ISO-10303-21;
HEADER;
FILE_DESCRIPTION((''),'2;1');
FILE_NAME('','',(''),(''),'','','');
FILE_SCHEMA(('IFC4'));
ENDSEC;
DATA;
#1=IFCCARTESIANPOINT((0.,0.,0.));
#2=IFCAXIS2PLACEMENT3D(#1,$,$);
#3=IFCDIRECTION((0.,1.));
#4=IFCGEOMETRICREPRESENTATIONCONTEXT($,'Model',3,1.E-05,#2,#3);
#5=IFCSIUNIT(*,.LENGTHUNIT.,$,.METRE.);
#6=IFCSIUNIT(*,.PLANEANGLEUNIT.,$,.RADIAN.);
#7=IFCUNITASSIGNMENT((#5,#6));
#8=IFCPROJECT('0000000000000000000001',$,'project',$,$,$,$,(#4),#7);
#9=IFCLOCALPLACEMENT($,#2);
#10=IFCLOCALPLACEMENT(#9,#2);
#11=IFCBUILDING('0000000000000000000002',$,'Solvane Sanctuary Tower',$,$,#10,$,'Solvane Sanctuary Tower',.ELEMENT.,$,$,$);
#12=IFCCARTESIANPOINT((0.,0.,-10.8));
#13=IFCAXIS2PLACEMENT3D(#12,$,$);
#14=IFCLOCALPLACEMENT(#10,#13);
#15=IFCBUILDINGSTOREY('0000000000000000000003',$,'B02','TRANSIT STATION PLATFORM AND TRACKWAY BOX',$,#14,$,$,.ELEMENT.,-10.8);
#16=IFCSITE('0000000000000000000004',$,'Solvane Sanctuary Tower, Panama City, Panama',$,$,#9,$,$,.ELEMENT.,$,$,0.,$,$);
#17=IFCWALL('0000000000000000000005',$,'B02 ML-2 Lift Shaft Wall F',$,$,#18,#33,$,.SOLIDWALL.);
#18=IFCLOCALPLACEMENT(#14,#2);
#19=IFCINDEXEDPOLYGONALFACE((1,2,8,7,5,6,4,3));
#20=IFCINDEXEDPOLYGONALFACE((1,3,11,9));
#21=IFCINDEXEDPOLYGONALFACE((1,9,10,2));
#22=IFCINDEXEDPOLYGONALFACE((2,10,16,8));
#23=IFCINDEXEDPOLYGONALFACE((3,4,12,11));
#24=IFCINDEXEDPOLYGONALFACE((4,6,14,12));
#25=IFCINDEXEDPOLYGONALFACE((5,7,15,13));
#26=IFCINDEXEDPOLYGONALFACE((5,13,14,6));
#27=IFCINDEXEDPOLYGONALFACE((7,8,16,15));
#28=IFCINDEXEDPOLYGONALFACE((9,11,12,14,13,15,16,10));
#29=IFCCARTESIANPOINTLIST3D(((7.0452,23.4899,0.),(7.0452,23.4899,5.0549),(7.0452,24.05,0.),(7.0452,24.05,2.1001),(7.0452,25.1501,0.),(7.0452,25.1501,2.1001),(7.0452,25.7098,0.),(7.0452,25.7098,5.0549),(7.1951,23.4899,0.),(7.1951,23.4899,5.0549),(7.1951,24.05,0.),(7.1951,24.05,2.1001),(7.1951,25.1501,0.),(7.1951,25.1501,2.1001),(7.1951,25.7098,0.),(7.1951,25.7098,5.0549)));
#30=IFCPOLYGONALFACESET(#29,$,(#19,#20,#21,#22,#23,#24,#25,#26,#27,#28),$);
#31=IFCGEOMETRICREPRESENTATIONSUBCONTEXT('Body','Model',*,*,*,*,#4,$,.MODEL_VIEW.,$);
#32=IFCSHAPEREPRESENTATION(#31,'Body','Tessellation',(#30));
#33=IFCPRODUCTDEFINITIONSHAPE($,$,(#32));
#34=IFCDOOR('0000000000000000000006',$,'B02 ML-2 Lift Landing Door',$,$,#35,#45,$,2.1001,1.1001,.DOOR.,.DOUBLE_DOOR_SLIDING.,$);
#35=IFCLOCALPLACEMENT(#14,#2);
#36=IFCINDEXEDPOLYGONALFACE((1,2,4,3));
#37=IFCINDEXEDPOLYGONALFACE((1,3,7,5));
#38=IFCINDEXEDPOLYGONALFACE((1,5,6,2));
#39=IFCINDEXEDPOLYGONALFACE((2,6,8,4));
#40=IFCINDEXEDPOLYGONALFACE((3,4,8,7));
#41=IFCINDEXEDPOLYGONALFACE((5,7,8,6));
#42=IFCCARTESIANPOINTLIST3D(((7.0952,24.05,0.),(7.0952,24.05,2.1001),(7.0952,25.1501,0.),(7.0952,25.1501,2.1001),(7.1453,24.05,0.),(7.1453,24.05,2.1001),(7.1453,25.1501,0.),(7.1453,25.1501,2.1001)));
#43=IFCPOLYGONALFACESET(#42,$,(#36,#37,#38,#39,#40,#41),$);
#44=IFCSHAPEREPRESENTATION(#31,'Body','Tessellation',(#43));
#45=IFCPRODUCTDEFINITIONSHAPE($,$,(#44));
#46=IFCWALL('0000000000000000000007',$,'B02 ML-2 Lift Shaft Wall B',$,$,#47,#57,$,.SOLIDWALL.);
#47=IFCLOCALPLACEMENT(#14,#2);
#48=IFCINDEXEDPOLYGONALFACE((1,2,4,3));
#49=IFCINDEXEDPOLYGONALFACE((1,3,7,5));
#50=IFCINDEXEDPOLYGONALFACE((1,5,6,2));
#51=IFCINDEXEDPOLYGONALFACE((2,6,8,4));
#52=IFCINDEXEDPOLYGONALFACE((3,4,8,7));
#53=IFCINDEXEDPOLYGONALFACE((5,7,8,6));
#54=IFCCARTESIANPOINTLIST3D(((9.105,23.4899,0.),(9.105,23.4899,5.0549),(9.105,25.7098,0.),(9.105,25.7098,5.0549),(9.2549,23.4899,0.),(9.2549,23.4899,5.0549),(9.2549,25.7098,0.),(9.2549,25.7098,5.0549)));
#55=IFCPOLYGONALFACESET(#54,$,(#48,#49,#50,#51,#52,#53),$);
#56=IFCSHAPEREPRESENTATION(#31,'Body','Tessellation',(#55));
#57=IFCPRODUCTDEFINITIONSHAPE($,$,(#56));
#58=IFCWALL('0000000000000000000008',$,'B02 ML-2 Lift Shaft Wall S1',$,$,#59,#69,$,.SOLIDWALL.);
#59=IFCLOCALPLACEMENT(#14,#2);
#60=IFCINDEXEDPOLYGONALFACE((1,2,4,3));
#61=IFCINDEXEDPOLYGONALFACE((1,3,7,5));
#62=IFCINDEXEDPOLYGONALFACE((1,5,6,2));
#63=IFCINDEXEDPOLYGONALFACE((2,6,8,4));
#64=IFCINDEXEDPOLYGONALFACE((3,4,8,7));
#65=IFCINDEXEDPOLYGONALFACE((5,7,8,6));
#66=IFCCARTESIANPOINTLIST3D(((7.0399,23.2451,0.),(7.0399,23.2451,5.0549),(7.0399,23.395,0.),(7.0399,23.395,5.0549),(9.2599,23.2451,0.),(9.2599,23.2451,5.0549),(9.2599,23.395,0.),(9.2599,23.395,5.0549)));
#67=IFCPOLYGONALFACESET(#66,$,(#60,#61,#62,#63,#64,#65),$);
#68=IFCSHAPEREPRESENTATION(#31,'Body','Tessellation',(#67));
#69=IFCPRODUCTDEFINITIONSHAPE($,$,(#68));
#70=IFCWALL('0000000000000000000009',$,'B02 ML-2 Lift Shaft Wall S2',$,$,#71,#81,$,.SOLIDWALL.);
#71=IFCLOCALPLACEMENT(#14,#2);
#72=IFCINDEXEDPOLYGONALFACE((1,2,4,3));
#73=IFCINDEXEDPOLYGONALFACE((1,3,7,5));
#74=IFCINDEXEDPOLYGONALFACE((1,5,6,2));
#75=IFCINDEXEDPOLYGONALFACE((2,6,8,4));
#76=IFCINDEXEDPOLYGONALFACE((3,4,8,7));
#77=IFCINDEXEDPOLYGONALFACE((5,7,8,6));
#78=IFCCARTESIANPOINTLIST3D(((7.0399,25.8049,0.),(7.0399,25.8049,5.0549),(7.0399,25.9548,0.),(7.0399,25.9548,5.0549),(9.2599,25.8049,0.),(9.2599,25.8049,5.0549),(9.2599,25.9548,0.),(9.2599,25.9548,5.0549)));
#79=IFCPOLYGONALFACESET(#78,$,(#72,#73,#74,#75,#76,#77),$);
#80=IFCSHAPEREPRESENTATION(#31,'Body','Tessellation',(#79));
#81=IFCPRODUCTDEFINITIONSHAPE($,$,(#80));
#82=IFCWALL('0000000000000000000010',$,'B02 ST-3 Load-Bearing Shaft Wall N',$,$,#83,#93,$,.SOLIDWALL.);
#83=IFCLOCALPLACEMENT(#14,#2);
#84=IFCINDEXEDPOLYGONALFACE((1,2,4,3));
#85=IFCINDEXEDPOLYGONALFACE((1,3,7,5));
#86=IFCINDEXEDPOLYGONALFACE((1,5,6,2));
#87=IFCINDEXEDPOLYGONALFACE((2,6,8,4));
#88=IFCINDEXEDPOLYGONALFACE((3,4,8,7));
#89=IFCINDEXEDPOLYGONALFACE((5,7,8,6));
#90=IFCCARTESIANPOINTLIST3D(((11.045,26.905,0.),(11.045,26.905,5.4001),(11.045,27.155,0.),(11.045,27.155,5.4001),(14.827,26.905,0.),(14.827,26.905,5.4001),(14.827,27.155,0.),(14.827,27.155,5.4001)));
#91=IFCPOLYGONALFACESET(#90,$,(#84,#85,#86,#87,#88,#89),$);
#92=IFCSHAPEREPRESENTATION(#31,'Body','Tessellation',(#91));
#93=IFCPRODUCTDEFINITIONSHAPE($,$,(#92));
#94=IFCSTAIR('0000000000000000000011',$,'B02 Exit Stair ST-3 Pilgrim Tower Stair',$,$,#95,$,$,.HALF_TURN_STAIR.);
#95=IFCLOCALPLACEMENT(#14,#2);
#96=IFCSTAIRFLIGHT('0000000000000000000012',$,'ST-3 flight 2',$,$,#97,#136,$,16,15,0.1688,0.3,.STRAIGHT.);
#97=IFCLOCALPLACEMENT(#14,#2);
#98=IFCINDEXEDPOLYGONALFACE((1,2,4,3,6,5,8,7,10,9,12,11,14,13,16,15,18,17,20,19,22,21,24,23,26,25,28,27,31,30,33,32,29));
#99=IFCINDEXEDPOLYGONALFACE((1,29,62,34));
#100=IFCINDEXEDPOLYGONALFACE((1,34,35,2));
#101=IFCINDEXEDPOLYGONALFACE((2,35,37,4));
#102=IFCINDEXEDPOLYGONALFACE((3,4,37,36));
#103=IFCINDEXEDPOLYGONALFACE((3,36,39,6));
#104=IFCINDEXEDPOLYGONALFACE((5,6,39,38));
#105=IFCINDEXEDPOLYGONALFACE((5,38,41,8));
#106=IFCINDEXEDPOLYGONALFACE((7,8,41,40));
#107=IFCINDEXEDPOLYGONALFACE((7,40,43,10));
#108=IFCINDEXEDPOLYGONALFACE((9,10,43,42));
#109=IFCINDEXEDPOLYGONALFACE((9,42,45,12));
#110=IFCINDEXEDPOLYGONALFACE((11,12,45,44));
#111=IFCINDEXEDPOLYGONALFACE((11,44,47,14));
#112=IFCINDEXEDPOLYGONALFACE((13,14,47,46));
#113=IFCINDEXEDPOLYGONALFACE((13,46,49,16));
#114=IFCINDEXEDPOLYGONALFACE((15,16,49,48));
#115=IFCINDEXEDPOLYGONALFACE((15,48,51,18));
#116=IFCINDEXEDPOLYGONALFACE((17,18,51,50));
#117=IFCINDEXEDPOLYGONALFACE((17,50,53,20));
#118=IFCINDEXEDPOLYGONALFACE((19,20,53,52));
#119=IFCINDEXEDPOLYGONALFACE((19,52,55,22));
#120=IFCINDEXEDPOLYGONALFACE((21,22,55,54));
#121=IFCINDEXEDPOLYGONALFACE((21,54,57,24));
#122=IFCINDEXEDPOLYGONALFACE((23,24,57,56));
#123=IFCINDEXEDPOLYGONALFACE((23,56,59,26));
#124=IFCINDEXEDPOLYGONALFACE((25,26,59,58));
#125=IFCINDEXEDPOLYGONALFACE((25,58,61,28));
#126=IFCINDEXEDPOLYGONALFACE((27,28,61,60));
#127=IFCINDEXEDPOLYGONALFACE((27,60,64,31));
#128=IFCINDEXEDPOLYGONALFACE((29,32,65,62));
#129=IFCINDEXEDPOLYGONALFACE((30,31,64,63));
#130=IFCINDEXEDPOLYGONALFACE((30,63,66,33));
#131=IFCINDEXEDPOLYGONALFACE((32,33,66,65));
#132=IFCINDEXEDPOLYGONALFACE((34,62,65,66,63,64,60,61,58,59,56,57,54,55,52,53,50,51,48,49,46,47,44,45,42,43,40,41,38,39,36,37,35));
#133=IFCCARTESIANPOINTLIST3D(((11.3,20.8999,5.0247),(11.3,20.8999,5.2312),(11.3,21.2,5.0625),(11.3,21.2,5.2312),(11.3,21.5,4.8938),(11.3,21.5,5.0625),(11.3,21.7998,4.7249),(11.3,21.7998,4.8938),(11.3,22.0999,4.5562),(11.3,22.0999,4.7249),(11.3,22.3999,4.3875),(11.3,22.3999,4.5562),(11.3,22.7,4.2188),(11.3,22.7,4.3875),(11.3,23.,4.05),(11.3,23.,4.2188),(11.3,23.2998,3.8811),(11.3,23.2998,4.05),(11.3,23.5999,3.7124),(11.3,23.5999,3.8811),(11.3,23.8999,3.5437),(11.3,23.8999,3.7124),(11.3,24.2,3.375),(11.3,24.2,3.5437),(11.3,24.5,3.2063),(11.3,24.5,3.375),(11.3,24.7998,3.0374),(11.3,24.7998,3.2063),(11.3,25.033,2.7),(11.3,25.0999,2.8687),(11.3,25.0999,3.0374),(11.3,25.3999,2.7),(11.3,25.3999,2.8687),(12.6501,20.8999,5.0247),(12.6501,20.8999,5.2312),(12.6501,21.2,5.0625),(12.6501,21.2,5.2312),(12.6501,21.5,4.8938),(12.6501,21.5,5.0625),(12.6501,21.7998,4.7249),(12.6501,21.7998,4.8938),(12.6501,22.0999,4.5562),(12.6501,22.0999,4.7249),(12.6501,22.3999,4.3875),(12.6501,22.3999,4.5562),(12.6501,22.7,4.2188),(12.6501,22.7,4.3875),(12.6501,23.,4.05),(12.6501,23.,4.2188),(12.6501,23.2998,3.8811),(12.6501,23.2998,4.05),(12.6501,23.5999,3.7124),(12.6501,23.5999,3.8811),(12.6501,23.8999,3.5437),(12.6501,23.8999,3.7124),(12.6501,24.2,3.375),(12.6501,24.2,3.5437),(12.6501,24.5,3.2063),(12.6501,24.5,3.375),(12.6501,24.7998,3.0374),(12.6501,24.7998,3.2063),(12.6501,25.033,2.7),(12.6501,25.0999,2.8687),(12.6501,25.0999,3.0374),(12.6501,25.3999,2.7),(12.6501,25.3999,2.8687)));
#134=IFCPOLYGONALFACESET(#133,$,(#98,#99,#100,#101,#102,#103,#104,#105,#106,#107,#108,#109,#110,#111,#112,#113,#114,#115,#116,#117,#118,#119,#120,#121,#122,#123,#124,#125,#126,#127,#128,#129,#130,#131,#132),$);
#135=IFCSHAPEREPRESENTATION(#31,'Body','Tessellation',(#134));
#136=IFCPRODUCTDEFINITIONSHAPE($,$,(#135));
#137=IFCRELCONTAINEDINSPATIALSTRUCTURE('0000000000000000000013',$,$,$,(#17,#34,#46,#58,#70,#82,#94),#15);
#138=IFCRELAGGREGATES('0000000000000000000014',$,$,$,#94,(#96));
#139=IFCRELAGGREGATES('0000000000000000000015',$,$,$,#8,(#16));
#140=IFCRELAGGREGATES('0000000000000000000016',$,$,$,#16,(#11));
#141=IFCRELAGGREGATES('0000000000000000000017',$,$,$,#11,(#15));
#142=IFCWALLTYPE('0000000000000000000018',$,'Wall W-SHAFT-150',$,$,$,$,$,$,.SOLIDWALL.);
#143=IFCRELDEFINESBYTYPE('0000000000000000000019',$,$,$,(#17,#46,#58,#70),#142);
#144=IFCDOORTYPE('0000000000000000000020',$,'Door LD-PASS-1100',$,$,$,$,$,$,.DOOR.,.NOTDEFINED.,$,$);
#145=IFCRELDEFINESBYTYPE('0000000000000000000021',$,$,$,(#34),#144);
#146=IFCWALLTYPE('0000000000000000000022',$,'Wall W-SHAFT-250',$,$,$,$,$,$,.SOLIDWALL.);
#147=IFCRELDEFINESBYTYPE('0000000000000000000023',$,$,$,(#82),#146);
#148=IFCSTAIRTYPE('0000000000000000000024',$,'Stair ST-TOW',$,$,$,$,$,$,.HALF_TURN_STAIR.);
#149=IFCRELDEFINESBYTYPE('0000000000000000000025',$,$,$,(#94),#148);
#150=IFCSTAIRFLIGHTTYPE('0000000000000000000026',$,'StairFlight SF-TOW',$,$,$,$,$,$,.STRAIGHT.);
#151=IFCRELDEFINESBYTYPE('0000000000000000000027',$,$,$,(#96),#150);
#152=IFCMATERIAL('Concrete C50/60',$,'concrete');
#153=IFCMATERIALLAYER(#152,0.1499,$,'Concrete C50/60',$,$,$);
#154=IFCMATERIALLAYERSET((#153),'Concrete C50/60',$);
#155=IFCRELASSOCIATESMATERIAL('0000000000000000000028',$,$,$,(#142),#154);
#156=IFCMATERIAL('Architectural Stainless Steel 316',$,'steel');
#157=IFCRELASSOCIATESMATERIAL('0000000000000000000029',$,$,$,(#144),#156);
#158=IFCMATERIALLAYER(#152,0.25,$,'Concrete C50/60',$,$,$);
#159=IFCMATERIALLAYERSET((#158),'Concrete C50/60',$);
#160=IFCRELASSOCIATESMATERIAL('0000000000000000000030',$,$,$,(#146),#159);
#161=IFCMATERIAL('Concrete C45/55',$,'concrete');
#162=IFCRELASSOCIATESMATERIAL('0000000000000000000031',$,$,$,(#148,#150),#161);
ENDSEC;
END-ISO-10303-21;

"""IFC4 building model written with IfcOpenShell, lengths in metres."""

from ifc_helpers import new_model, si_unit, direction, frame, frame_2d, origin, place, context, subcontext, project, spatial, polyline, rectangle, outline, extrude, material, layer, layer_set, type_object, element, fill, aggregate, save


model = new_model("IFC4")

# Units and contexts
model_context = context("Model", 3, precision=1e-05, world=origin(), true_north=direction((0.0, 1.0)))
body_context = subcontext(model_context, "Body", "Model", "MODEL_VIEW")
ifc_project = project(units=[si_unit("LENGTHUNIT", "METRE"), si_unit("PLANEANGLEUNIT", "RADIAN")], contexts=[model_context])

# Site, building, storey
site_placement = place(None, origin())
site = spatial("IfcSite", under=ifc_project, at=site_placement, Name="Solvane Sanctuary Tower, Panama City, Panama", CompositionType="ELEMENT", RefElevation=0.0)
building_placement = place(site_placement, origin())
building = spatial("IfcBuilding", under=site, at=building_placement, Name="Solvane Sanctuary Tower", LongName="Solvane Sanctuary Tower", CompositionType="ELEMENT")
storey_placement = place(building_placement, frame((0.0, 0.0, -10.8)))
storey = spatial("IfcBuildingStorey", under=building, at=storey_placement, Name="B02", Description="TRANSIT STATION PLATFORM AND TRACKWAY BOX", CompositionType="ELEMENT", Elevation=-10.8)

# Shared definitions
ifc_material_1 = material(Name="Concrete C50/60", Category="concrete")

# Shared definitions
ifc_material_2 = material(Name="Concrete C45/55", Category="concrete")

# Shared definitions
ifc_layer_1 = layer(ifc_material_1, 0.1499, Name="Concrete C50/60")
ifc_layer_set_1 = layer_set([ifc_layer_1], Name="Concrete C50/60")
wall_type_1 = type_object("IfcWallType", Name="Wall W-SHAFT-150", PredefinedType="SOLIDWALL", material=ifc_layer_set_1)
ifc_material_3 = material(Name="Architectural Stainless Steel 316", Category="steel")
door_type = type_object("IfcDoorType", Name="Door LD-PASS-1100", OperationType="NOTDEFINED", PredefinedType="DOOR", material=ifc_material_3)

# Wall, opening, door
wall_1_placement = place(storey_placement, frame((7.1201, 23.49, 0.0), z_axis=(0.0, 0.0, 1.0), x_axis=(0.0, 1.0, 0.0)))
wall_1 = element("IfcWall", 1, at=wall_1_placement, inside=storey, type_object=wall_type_1, Name="B02 ML-2 Lift Shaft Wall F", PredefinedType="SOLIDWALL", context=body_context, shape_type="SweptSolid", body=[
    extrude(rectangle(XDim=2.22, YDim=0.1499, at=frame_2d((1.1099, 0.0))), origin(), (0.0, 0.0, 1.0), 5.0549),
])
opening_1_placement = place(wall_1_placement, frame((0.5601, 0.0, 0.0)))
opening_1 = element("IfcOpeningElement", 2, at=opening_1_placement, cuts=wall_1, PredefinedType="OPENING", context=body_context, shape_type="SweptSolid", body=[
    extrude(rectangle(XDim=1.1001, YDim=2.1001, at=frame_2d((0.55, 1.05))), frame((0.0, 0.085, 0.0), z_axis=(0.0, -1.0, 0.0), x_axis=(1.0, 0.0, 0.0)), (0.0, 0.0, 1.0), 0.1699),
])
door_1_placement = place(opening_1_placement, origin())
door_1 = element("IfcDoor", 3, at=door_1_placement, inside=storey, type_object=door_type, Name="B02 ML-2 Lift Landing Door", OperationType="DOUBLE_DOOR_SLIDING", OverallHeight=2.1001, OverallWidth=1.1001, PredefinedType="DOOR", context=body_context, shape_type="SweptSolid", body=[
    extrude(rectangle(XDim=1.1001, YDim=2.1001, at=frame_2d((0.55, 1.05))), frame((0.0, 0.0249, 0.0), z_axis=(0.0, -1.0, 0.0), x_axis=(1.0, 0.0, 0.0)), (0.0, 0.0, 1.0), 0.05),
])
fill(opening_1, door_1)

# Walls
for number, where, z_axis, x_axis, name in (
    (4, (9.1799, 23.49, 0.0), (0.0, 0.0, 1.0), (0.0, 1.0, 0.0), "B02 ML-2 Lift Shaft Wall B"),
    (5, (7.04, 23.3201, 0.0), (0.0, 0.0, 1.0), (1.0, 0.0, 0.0), "B02 ML-2 Lift Shaft Wall S1"),
    (6, (7.04, 25.8799, 0.0), (0.0, 0.0, 1.0), (1.0, 0.0, 0.0), "B02 ML-2 Lift Shaft Wall S2"),
):
    element("IfcWall", number, at=place(storey_placement, frame(where, z_axis=z_axis, x_axis=x_axis)), inside=storey, type_object=wall_type_1, Name=name, PredefinedType="SOLIDWALL", context=body_context, shape_type="SweptSolid", body=[
        extrude(rectangle(XDim=2.22, YDim=0.1499, at=frame_2d((1.1099, 0.0))), origin(), (0.0, 0.0, 1.0), 5.0549),
    ])
ifc_layer_2 = layer(ifc_material_1, 0.25, Name="Concrete C50/60")
ifc_layer_set_2 = layer_set([ifc_layer_2], Name="Concrete C50/60")
wall_type_2 = type_object("IfcWallType", Name="Wall W-SHAFT-250", PredefinedType="SOLIDWALL", material=ifc_layer_set_2)
wall_2_placement = place(storey_placement, frame((11.0449, 27.03, 0.0), z_axis=(0.0, 0.0, 1.0), x_axis=(1.0, 0.0, 0.0)))
element("IfcWall", 7, at=wall_2_placement, inside=storey, type_object=wall_type_2, Name="B02 ST-3 Load-Bearing Shaft Wall N", PredefinedType="SOLIDWALL", context=body_context, shape_type="SweptSolid", body=[
    extrude(rectangle(XDim=3.782, YDim=0.25, at=frame_2d((1.8911, 0.0))), origin(), (0.0, 0.0, 1.0), 5.4001),
])

# Stair, stair flight
stair_type = type_object("IfcStairType", Name="Stair ST-TOW", PredefinedType="HALF_TURN_STAIR", material=ifc_material_2)
stair_placement = place(storey_placement, origin())
stair = element("IfcStair", 8, at=stair_placement, inside=storey, type_object=stair_type, Name="B02 Exit Stair ST-3 Pilgrim Tower Stair", PredefinedType="HALF_TURN_STAIR")
stair_flight_type = type_object("IfcStairFlightType", Name="StairFlight SF-TOW", PredefinedType="STRAIGHT", material=ifc_material_2)
stair_flight_placement = place(storey_placement, frame((11.9751, 25.3999, 2.7), z_axis=(0.0, 0.0, 1.0), x_axis=(0.0, -1.0, 0.0)))
stair_flight = element("IfcStairFlight", 9, at=stair_flight_placement, type_object=stair_flight_type, Name="ST-3 flight 2", NumberOfRisers=16, NumberOfTreads=15, PredefinedType="STRAIGHT", RiserHeight=0.1688, TreadLength=0.3, context=body_context, shape_type="SweptSolid", body=[
    extrude(outline(polyline([(0.0, 0.0), (0.0, 0.1687), (0.3, 0.1687), (0.3, 0.3374), (0.6001, 0.3374), (0.6001, 0.5063), (0.8999, 0.5063), (0.8999, 0.675), (1.2, 0.675), (1.2, 0.8438), (1.5, 0.8438), (1.5, 1.0125), (1.8, 1.0125), (1.8, 1.1812), (2.1001, 1.1812), (2.1001, 1.3501), (2.3999, 1.3501), (2.3999, 1.5188), (2.7, 1.5188), (2.7, 1.6875), (3.0, 1.6875), (3.0, 1.8562), (3.3, 1.8562), (3.3, 2.0249), (3.6001, 2.0249), (3.6001, 2.1938), (3.8999, 2.1938), (3.8999, 2.3625), (4.2, 2.3625), (4.2, 2.5312), (4.5, 2.5312), (4.5, 2.7), (4.5, 2.3247), (0.3669, 0.0), (0.0, 0.0)])), frame((0.0, 0.675, 0.0), z_axis=(0.0, -1.0, 0.0), x_axis=(1.0, 0.0, 0.0)), (0.0, 0.0, 1.0), 1.3501),
])
aggregate(stair, [stair_flight])

save(model, "model.ifc")
